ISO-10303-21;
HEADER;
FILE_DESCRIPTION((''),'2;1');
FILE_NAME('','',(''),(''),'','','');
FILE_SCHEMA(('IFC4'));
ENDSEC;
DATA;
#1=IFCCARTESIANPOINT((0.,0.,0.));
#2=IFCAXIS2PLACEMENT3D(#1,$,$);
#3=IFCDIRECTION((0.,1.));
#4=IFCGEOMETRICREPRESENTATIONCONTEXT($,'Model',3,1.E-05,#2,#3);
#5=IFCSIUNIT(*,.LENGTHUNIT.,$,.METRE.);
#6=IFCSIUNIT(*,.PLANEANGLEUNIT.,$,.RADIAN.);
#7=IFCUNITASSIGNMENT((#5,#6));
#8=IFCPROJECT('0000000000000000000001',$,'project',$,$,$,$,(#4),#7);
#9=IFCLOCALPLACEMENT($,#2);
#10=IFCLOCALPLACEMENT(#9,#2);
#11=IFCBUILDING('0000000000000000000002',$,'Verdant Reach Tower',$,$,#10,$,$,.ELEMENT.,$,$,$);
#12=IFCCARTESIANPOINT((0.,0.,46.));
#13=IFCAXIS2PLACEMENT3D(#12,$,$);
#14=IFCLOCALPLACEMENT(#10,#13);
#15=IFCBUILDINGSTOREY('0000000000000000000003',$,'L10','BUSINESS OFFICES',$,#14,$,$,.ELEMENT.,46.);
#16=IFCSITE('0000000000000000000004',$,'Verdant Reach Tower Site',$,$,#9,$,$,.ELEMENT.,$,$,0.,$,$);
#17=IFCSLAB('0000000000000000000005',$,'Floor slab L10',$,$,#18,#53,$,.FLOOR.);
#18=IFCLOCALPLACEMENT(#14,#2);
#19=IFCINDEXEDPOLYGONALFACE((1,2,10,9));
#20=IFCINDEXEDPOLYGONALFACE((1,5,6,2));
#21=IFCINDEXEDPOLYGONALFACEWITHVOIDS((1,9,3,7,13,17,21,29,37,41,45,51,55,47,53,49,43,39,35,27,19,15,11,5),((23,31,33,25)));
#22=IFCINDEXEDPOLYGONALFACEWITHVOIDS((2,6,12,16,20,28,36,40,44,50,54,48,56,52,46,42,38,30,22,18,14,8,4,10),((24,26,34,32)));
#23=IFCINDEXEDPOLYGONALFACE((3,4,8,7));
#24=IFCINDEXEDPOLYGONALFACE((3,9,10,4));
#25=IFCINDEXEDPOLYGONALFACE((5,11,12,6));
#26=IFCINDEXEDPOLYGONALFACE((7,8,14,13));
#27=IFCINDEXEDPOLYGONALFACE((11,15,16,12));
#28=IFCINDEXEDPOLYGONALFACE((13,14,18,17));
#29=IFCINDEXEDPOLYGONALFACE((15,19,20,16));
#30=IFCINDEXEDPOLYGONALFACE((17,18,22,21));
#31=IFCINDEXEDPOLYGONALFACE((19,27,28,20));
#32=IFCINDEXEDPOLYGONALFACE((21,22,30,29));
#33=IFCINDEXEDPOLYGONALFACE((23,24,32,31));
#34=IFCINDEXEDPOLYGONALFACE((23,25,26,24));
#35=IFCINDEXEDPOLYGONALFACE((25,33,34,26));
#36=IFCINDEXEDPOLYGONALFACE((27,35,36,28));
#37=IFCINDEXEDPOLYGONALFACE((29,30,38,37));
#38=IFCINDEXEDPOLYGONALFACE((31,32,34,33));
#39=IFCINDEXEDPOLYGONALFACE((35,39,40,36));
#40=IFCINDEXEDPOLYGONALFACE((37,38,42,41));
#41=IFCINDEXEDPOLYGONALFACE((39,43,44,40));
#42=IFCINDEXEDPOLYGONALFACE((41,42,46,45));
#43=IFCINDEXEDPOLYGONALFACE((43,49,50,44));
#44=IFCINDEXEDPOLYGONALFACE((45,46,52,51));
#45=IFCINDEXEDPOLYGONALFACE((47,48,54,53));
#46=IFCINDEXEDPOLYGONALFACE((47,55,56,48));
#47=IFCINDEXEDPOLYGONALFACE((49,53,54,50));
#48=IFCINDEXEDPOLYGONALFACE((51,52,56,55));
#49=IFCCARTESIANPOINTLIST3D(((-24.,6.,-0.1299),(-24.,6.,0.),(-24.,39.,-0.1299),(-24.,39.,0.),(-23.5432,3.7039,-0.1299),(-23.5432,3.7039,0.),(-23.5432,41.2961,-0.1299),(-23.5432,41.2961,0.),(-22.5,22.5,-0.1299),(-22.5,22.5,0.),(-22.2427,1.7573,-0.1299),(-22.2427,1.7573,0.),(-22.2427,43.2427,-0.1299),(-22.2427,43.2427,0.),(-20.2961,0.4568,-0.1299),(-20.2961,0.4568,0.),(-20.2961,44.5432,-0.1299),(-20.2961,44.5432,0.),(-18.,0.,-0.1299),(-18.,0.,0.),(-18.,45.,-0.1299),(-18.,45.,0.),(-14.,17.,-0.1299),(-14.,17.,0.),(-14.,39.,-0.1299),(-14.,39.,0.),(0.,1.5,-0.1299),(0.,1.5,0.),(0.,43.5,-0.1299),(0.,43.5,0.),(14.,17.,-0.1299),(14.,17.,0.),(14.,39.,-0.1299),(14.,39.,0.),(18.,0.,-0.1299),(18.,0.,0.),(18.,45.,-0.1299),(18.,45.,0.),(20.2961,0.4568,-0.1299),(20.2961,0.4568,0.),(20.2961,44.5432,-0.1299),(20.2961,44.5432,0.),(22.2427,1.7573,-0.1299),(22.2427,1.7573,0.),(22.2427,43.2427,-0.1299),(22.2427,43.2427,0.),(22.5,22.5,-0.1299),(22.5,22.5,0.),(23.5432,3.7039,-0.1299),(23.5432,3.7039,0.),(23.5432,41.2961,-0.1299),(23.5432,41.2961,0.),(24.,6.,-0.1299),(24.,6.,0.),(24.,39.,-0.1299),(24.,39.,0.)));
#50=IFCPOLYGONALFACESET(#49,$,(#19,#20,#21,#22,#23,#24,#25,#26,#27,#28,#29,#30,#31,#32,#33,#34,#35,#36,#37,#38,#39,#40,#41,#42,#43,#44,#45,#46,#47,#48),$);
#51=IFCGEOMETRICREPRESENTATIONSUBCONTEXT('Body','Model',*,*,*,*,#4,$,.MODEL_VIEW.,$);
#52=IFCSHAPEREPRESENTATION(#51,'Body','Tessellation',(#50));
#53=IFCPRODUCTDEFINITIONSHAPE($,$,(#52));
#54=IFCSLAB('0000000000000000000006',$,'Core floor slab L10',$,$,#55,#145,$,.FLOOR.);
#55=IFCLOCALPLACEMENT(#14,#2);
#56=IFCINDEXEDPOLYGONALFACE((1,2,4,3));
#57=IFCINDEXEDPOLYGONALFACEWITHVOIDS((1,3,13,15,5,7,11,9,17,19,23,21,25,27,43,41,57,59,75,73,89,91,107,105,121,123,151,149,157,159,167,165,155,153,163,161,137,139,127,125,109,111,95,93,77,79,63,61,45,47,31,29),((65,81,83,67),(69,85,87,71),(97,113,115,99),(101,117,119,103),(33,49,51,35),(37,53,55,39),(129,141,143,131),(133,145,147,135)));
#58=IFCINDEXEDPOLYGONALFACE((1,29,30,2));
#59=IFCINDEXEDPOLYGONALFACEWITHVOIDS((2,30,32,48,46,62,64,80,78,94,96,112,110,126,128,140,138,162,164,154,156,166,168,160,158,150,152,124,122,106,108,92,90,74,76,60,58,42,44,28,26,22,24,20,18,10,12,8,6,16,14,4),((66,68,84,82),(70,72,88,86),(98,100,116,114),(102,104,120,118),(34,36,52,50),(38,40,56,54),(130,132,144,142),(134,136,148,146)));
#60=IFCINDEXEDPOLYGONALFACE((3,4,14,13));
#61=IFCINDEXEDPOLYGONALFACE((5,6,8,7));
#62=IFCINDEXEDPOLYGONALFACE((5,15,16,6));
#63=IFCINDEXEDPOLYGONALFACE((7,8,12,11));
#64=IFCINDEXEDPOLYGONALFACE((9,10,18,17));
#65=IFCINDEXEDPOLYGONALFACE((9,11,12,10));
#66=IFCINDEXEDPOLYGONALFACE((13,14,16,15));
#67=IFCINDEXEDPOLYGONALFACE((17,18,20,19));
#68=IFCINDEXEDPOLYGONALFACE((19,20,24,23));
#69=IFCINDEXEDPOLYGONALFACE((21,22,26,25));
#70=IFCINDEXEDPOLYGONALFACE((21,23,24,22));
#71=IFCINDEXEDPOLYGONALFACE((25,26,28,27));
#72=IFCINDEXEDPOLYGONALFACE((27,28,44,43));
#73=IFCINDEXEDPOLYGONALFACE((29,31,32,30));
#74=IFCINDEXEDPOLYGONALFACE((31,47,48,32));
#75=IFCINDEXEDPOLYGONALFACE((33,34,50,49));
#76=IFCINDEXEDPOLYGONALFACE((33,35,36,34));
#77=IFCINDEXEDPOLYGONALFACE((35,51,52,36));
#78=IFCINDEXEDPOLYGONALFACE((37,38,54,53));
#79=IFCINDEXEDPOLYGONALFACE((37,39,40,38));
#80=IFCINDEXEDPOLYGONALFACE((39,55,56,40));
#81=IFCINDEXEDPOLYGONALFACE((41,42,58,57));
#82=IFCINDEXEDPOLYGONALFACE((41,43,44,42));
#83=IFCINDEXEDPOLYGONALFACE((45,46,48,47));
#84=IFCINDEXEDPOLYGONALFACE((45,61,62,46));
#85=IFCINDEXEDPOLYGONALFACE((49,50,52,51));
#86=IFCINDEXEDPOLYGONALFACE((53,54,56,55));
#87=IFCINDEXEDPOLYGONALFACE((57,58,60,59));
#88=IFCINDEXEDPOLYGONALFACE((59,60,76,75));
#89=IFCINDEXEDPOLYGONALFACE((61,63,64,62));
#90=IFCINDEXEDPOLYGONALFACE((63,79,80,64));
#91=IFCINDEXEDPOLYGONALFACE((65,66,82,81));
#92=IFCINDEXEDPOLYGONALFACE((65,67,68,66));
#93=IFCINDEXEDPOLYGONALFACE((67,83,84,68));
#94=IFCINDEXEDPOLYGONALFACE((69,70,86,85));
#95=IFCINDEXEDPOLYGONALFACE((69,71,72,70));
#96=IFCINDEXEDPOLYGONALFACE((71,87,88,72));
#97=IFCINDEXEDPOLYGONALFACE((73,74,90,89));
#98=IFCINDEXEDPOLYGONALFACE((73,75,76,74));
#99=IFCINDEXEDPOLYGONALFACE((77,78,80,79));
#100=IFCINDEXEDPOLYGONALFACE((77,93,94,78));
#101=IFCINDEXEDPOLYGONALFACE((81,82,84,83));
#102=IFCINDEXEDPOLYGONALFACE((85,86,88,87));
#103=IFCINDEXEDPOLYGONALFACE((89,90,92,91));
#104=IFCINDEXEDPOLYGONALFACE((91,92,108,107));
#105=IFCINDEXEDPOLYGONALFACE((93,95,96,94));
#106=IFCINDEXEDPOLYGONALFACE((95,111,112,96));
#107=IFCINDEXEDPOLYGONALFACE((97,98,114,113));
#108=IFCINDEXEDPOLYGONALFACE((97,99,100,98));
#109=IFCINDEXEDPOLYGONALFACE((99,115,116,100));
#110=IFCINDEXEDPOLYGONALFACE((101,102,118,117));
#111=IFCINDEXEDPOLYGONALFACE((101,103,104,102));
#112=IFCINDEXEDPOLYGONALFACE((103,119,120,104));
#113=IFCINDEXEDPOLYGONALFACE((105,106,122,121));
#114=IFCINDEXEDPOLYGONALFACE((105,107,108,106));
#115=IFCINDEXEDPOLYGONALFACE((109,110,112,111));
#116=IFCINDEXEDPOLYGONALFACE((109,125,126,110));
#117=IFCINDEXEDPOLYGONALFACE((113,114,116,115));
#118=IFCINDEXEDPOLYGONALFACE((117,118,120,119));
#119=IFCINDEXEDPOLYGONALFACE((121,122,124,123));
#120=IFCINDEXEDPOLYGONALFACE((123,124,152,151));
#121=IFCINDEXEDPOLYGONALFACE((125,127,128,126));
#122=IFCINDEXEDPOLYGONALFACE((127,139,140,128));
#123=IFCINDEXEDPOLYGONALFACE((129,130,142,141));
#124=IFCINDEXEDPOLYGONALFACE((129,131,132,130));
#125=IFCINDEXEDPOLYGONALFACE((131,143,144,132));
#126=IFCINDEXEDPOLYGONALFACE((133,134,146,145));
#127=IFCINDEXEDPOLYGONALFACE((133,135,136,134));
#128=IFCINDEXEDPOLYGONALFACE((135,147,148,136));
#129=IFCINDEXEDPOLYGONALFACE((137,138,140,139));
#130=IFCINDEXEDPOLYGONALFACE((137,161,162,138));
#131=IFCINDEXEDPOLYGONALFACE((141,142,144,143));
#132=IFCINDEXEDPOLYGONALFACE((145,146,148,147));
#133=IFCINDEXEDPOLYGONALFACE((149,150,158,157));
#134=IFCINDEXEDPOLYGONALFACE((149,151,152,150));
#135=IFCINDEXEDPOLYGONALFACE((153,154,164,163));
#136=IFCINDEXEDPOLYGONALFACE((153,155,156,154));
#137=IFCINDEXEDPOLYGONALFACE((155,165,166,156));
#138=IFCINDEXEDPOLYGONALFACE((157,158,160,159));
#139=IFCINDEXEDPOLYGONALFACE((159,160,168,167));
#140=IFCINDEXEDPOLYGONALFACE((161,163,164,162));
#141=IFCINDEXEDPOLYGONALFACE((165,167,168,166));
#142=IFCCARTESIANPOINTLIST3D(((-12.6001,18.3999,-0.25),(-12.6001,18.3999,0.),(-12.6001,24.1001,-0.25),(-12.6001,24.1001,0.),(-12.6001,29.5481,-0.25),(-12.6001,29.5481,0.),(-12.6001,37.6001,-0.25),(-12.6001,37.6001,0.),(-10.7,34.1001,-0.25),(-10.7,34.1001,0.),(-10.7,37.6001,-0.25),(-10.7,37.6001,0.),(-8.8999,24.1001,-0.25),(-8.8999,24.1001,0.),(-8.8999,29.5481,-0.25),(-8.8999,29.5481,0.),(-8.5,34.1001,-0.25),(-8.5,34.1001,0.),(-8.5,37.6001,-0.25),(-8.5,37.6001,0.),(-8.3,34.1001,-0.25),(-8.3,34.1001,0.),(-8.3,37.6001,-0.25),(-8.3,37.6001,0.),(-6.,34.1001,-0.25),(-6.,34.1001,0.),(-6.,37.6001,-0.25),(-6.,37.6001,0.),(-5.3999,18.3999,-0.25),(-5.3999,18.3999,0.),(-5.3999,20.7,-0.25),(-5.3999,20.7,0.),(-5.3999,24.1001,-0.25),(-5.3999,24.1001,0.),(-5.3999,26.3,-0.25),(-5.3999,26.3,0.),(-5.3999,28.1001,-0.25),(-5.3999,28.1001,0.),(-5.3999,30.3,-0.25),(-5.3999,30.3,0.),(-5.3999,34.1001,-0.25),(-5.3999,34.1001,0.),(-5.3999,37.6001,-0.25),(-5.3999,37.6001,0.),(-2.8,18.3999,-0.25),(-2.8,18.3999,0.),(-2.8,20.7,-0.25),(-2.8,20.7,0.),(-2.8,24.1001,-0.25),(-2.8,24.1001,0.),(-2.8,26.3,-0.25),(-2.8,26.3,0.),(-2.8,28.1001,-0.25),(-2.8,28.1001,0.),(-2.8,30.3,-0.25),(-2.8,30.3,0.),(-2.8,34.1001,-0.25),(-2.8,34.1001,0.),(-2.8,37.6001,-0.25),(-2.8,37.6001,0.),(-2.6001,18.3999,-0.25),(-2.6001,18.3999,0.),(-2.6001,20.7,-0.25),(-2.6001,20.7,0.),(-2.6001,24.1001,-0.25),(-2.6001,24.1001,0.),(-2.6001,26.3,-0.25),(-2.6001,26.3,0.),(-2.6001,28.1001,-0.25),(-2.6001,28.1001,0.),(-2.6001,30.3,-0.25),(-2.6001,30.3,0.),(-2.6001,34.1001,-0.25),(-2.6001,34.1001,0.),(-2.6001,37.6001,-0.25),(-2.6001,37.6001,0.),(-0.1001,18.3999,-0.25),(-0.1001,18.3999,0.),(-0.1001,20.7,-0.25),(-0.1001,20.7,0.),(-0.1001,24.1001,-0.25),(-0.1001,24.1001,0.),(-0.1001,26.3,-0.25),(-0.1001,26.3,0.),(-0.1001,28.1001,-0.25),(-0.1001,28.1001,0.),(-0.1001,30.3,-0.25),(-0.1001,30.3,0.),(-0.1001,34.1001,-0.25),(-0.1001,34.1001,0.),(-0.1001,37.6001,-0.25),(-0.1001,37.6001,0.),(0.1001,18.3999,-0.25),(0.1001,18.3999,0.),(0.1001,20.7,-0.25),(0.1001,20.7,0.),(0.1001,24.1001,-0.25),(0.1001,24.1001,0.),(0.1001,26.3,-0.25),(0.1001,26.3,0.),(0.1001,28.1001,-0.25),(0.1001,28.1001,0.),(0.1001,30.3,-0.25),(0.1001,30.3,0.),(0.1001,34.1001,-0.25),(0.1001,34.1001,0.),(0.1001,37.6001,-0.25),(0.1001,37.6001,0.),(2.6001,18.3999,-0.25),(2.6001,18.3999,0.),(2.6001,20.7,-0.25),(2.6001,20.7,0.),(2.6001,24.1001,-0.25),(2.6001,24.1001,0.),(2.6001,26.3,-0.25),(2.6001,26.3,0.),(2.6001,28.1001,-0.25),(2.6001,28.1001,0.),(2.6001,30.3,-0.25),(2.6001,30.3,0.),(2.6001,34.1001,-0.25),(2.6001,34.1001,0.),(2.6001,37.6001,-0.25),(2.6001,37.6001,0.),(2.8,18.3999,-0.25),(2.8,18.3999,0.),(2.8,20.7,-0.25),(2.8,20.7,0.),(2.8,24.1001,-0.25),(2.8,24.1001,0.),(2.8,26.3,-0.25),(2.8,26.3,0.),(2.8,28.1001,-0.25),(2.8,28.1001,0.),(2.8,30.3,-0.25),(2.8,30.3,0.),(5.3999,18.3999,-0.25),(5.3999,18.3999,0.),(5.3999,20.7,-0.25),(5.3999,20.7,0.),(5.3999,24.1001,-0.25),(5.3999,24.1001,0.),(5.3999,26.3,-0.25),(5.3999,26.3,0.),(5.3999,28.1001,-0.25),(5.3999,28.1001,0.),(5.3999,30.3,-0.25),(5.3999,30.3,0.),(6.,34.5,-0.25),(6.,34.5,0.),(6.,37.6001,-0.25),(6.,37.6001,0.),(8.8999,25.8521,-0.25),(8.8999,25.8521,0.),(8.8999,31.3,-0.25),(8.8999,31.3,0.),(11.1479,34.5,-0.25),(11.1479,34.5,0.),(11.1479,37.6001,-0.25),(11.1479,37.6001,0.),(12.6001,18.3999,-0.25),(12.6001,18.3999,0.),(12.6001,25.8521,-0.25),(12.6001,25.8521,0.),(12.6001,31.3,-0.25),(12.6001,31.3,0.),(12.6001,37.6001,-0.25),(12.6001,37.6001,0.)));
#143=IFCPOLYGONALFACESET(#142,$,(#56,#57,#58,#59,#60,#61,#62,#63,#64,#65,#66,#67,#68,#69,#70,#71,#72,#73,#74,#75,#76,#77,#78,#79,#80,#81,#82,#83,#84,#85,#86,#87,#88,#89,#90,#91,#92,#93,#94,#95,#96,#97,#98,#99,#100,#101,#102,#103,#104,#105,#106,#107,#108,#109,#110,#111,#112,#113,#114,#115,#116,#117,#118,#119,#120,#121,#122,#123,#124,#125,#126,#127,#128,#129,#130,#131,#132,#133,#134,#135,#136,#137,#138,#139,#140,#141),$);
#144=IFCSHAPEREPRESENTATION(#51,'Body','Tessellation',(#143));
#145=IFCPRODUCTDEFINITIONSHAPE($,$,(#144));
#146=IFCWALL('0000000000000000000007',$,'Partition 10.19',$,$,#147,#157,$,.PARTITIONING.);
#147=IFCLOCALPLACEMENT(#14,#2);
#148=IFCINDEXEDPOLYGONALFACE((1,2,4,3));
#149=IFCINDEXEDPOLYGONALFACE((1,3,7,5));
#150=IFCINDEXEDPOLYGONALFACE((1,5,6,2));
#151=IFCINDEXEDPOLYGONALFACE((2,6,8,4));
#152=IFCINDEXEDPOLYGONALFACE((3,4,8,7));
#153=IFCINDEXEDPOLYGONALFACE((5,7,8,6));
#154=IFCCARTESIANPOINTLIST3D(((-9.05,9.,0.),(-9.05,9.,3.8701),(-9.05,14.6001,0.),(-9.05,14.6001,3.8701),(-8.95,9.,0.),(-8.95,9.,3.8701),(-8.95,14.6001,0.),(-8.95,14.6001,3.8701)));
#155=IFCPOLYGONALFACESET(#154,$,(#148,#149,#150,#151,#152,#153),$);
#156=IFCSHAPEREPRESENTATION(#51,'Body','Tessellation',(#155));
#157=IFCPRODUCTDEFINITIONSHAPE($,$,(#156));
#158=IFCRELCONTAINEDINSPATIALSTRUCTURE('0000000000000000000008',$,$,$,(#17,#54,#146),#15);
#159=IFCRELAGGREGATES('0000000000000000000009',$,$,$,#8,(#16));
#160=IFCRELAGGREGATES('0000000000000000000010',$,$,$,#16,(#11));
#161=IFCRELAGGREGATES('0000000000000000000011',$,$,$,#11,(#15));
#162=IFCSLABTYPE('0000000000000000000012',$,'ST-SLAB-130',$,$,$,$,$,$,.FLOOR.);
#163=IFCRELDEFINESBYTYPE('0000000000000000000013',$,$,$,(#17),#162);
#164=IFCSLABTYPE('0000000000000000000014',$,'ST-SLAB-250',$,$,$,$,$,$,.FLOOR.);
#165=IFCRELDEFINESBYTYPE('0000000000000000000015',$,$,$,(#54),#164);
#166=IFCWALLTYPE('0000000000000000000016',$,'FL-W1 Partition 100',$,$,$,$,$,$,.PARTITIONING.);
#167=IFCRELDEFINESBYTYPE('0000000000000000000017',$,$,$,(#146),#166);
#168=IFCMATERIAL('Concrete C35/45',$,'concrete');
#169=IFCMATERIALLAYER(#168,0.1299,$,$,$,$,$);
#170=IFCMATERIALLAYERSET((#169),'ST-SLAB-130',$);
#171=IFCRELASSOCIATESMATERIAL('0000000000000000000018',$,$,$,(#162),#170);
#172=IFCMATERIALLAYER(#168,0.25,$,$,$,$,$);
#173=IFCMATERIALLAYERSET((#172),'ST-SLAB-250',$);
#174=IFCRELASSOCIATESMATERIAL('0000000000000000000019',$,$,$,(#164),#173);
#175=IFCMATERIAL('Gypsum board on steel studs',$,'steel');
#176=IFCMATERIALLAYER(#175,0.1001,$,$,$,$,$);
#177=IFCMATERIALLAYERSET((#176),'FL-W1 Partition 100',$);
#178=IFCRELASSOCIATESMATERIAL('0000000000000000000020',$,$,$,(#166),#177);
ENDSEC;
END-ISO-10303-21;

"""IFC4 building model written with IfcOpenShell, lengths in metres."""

from ifc_helpers import new_model, si_unit, direction, frame, frame_2d, origin, place, context, subcontext, project, spatial, polyline, rectangle, outline, extrude, material, layer, layer_set, type_object, element, save


model = new_model("IFC4")

# Units and contexts
model_context = context("Model", 3, precision=1e-05, world=origin(), true_north=direction((0.0, 1.0)))
body_context = subcontext(model_context, "Body", "Model", "MODEL_VIEW")
ifc_project = project(units=[si_unit("LENGTHUNIT", "METRE"), si_unit("PLANEANGLEUNIT", "RADIAN")], contexts=[model_context])

# Site, building, storey
site_placement = place(None, origin())
site = spatial("IfcSite", under=ifc_project, at=site_placement, Name="Verdant Reach Tower Site", CompositionType="ELEMENT", RefElevation=0.0)
building_placement = place(site_placement, origin())
building = spatial("IfcBuilding", under=site, at=building_placement, Name="Verdant Reach Tower", CompositionType="ELEMENT")
storey_placement = place(building_placement, frame((0.0, 0.0, 46.0)))
storey = spatial("IfcBuildingStorey", under=building, at=storey_placement, Name="L10", Description="BUSINESS OFFICES", CompositionType="ELEMENT", Elevation=46.0)

# Slabs
ifc_material_1 = material(Name="Concrete C35/45", Category="concrete")
ifc_layer_1 = layer(ifc_material_1, 0.1299)
ifc_layer_set_1 = layer_set([ifc_layer_1], Name="ST-SLAB-130")
slab_type_1 = type_object("IfcSlabType", Name="ST-SLAB-130", PredefinedType="FLOOR", material=ifc_layer_set_1)
slab_1_placement = place(storey_placement, frame((0.0, 0.0, -0.1299)))
element("IfcSlab", 1, at=slab_1_placement, inside=storey, type_object=slab_type_1, Name="Floor slab L10", PredefinedType="FLOOR", context=body_context, shape_type="SweptSolid", body=[
    extrude(outline(polyline([(0.0, 1.5), (-18.0, 0.0), (-20.2961, 0.4568), (-22.2427, 1.7573), (-23.5432, 3.7039), (-24.0, 6.0), (-22.5, 22.5), (-24.0, 39.0), (-23.5432, 41.2961), (-22.2427, 43.2427), (-20.2961, 44.5432), (-18.0, 45.0), (0.0, 43.5), (18.0, 45.0), (20.2961, 44.5432), (22.2427, 43.2427), (23.5432, 41.2961), (24.0, 39.0), (22.5, 22.5), (24.0, 6.0), (23.5432, 3.7039), (22.2427, 1.7573), (20.2961, 0.4568), (18.0, 0.0), (0.0, 1.5)]), holes=[polyline([(14.0, 39.0), (-14.0, 39.0), (-14.0, 17.0), (14.0, 17.0), (14.0, 39.0)])]), origin(), (0.0, 0.0, 1.0), 0.1299),
])
ifc_layer_2 = layer(ifc_material_1, 0.25)
ifc_layer_set_2 = layer_set([ifc_layer_2], Name="ST-SLAB-250")
slab_type_2 = type_object("IfcSlabType", Name="ST-SLAB-250", PredefinedType="FLOOR", material=ifc_layer_set_2)
slab_2_placement = place(storey_placement, frame((0.0, 0.0, -0.25)))
element("IfcSlab", 2, at=slab_2_placement, inside=storey, type_object=slab_type_2, Name="Core floor slab L10", PredefinedType="FLOOR", context=body_context, shape_type="SweptSolid", body=[
    extrude(outline(polyline([(12.6001, 18.3999), (5.3999, 18.3999), (5.3999, 20.7), (2.8, 20.7), (2.8, 18.3999), (2.6001, 18.3999), (2.6001, 20.7), (0.1001, 20.7), (0.1001, 18.3999), (-0.1001, 18.3999), (-0.1001, 20.7), (-2.6001, 20.7), (-2.6001, 18.3999), (-2.8, 18.3999), (-2.8, 20.7), (-5.3999, 20.7), (-5.3999, 18.3999), (-12.6001, 18.3999), (-12.6001, 24.1001), (-8.8999, 24.1001), (-8.8999, 29.5481), (-12.6001, 29.5481), (-12.6001, 37.6001), (-10.7, 37.6001), (-10.7, 34.1001), (-8.5, 34.1001), (-8.5, 37.6001), (-8.3, 37.6001), (-8.3, 34.1001), (-6.0, 34.1001), (-6.0, 37.6001), (-5.3999, 37.6001), (-5.3999, 34.1001), (-2.8, 34.1001), (-2.8, 37.6001), (-2.6001, 37.6001), (-2.6001, 34.1001), (-0.1001, 34.1001), (-0.1001, 37.6001), (0.1001, 37.6001), (0.1001, 34.1001), (2.6001, 34.1001), (2.6001, 37.6001), (6.0, 37.6001), (6.0, 34.5), (11.1479, 34.5), (11.1479, 37.6001), (12.6001, 37.6001), (12.6001, 31.3), (8.8999, 31.3), (8.8999, 25.8521), (12.6001, 25.8521), (12.6001, 18.3999)]), holes=[polyline([(-2.8, 24.1001), (-2.8, 26.3), (-5.3999, 26.3), (-5.3999, 24.1001), (-2.8, 24.1001)]), polyline([(-2.6001, 24.1001), (-0.1001, 24.1001), (-0.1001, 26.3), (-2.6001, 26.3), (-2.6001, 24.1001)]), polyline([(-2.8, 28.1001), (-2.8, 30.3), (-5.3999, 30.3), (-5.3999, 28.1001), (-2.8, 28.1001)]), polyline([(-0.1001, 28.1001), (-0.1001, 30.3), (-2.6001, 30.3), (-2.6001, 28.1001), (-0.1001, 28.1001)]), polyline([(2.6001, 24.1001), (2.6001, 26.3), (0.1001, 26.3), (0.1001, 24.1001), (2.6001, 24.1001)]), polyline([(2.8, 24.1001), (5.3999, 24.1001), (5.3999, 26.3), (2.8, 26.3), (2.8, 24.1001)]), polyline([(2.6001, 28.1001), (2.6001, 30.3), (0.1001, 30.3), (0.1001, 28.1001), (2.6001, 28.1001)]), polyline([(5.3999, 28.1001), (5.3999, 30.3), (2.8, 30.3), (2.8, 28.1001), (5.3999, 28.1001)])]), origin(), (0.0, 0.0, 1.0), 0.25),
])

# Wall
ifc_material_2 = material(Name="Gypsum board on steel studs", Category="steel")
ifc_layer_3 = layer(ifc_material_2, 0.1001)
ifc_layer_set_3 = layer_set([ifc_layer_3], Name="FL-W1 Partition 100")
wall_type = type_object("IfcWallType", Name="FL-W1 Partition 100", PredefinedType="PARTITIONING", material=ifc_layer_set_3)
wall_1_placement = place(storey_placement, frame((-9.0, 9.0, 0.0), z_axis=(0.0, 0.0, 1.0), x_axis=(0.0, 1.0, 0.0)))
element("IfcWall", 3, at=wall_1_placement, inside=storey, type_object=wall_type, Name="Partition 10.19", PredefinedType="PARTITIONING", context=body_context, shape_type="SweptSolid", body=[
    extrude(rectangle(XDim=5.6001, YDim=0.1001, at=frame_2d((2.8, 0.0))), origin(), (0.0, 0.0, 1.0), 3.8701),
])

save(model, "model.ifc")
